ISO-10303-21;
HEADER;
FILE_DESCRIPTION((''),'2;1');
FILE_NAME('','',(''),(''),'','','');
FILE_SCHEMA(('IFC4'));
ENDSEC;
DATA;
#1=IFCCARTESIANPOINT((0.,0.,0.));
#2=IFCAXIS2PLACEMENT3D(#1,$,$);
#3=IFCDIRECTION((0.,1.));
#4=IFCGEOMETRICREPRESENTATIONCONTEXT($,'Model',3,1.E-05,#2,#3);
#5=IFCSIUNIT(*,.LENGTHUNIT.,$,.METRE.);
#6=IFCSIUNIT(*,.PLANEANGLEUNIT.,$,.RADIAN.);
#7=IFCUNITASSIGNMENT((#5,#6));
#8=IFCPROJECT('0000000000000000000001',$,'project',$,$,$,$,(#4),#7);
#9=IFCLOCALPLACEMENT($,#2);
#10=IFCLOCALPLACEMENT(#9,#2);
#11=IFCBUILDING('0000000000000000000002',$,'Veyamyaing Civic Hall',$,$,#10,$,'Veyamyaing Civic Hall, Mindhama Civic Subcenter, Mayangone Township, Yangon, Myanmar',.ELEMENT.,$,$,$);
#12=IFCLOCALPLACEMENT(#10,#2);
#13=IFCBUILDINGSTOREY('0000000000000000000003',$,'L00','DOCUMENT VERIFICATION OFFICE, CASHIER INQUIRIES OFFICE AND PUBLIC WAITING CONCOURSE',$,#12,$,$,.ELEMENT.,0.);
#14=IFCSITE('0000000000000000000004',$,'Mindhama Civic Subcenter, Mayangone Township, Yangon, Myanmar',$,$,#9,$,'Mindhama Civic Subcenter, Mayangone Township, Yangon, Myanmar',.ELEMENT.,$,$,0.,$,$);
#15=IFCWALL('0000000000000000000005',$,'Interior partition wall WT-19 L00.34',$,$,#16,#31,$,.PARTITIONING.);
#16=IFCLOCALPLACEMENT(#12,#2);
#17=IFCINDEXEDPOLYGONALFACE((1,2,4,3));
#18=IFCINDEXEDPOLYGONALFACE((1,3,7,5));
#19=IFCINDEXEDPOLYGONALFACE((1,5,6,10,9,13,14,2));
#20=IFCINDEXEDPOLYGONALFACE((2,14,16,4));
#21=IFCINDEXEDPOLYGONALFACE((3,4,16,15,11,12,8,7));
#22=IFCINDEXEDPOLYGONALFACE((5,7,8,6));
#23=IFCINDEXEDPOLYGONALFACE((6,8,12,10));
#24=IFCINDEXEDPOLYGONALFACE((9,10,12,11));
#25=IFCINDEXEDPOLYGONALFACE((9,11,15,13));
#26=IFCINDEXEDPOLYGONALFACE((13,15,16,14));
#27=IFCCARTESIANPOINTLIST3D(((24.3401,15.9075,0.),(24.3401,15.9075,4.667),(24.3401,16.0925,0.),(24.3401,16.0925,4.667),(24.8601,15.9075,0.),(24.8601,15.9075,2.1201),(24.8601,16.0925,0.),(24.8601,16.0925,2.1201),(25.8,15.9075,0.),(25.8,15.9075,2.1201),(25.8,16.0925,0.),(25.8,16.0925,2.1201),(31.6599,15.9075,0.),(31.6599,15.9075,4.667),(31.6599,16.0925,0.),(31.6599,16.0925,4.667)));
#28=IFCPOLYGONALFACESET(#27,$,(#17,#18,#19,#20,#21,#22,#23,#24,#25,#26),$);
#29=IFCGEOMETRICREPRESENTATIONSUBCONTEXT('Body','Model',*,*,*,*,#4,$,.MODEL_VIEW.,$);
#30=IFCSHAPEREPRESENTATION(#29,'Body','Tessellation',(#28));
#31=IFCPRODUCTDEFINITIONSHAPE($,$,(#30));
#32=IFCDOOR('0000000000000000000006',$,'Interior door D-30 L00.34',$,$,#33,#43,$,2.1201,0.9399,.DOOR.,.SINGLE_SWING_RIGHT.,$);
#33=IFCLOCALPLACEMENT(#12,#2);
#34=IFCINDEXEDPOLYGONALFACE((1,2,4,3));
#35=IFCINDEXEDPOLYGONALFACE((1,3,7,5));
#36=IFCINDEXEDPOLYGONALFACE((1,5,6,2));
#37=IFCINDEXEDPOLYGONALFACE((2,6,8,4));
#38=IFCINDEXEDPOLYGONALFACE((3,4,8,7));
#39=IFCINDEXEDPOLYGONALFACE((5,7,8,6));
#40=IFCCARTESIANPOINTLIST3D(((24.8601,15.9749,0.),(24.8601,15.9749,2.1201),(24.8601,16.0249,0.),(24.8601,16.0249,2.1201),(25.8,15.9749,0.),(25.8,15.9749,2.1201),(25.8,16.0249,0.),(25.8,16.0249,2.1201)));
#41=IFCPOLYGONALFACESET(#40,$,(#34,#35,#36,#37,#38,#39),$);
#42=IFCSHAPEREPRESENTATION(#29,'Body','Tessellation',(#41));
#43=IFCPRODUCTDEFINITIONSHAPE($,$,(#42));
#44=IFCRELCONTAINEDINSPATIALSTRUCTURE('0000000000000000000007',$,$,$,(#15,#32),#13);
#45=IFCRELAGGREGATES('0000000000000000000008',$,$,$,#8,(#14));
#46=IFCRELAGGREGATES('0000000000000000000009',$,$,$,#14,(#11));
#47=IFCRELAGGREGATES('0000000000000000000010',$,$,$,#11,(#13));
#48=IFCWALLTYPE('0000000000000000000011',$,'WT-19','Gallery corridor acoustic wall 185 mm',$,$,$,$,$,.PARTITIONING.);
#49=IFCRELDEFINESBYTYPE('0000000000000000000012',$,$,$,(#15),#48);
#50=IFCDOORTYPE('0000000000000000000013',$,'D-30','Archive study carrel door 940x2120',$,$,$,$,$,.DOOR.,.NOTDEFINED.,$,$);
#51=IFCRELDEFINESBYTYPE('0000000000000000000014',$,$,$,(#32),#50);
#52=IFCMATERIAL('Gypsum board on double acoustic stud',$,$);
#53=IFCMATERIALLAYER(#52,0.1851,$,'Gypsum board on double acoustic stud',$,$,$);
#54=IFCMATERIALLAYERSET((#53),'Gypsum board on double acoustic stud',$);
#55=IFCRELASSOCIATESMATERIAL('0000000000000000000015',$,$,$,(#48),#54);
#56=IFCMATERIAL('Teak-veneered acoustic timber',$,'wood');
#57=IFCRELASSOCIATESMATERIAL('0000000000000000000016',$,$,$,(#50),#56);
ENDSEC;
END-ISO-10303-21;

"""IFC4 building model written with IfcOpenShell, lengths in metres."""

from ifc_helpers import new_model, si_unit, direction, frame, frame_2d, origin, place, context, subcontext, project, spatial, rectangle, extrude, material, layer, layer_set, type_object, element, fill, save


model = new_model("IFC4")

# Units and contexts
model_context = context("Model", 3, precision=1e-05, world=origin(), true_north=direction((0.0, 1.0)))
body_context = subcontext(model_context, "Body", "Model", "MODEL_VIEW")
ifc_project = project(units=[si_unit("LENGTHUNIT", "METRE"), si_unit("PLANEANGLEUNIT", "RADIAN")], contexts=[model_context])

# Site, building, storey
site_placement = place(None, origin())
site = spatial("IfcSite", under=ifc_project, at=site_placement, Name="Mindhama Civic Subcenter, Mayangone Township, Yangon, Myanmar", LongName="Mindhama Civic Subcenter, Mayangone Township, Yangon, Myanmar", CompositionType="ELEMENT", RefElevation=0.0)
building_placement = place(site_placement, origin())
building = spatial("IfcBuilding", under=site, at=building_placement, Name="Veyamyaing Civic Hall", LongName="Veyamyaing Civic Hall, Mindhama Civic Subcenter, Mayangone Township, Yangon, Myanmar", CompositionType="ELEMENT")
storey_placement = place(building_placement, origin())
storey = spatial("IfcBuildingStorey", under=building, at=storey_placement, Name="L00", Description="DOCUMENT VERIFICATION OFFICE, CASHIER INQUIRIES OFFICE AND PUBLIC WAITING CONCOURSE", CompositionType="ELEMENT", Elevation=0.0)

# Shared definitions
ifc_material_1 = material(Name="Teak-veneered acoustic timber", Category="wood")

# Wall, opening, door
ifc_material_2 = material(Name="Gypsum board on double acoustic stud")
ifc_layer_1 = layer(ifc_material_2, 0.1851, Name="Gypsum board on double acoustic stud")
ifc_layer_set_1 = layer_set([ifc_layer_1], Name="Gypsum board on double acoustic stud")
wall_type_1 = type_object("IfcWallType", Name="WT-19", Description="Gallery corridor acoustic wall 185 mm", PredefinedType="PARTITIONING", material=ifc_layer_set_1)
wall_1_placement = place(storey_placement, frame((24.3401, 16.0, 0.0), z_axis=(0.0, 0.0, 1.0), x_axis=(1.0, 0.0, 0.0)))
wall_1 = element("IfcWall", 1, at=wall_1_placement, inside=storey, type_object=wall_type_1, Name="Interior partition wall WT-19 L00.34", PredefinedType="PARTITIONING", context=body_context, shape_type="SweptSolid", body=[
    extrude(rectangle(XDim=7.3198, YDim=0.1851, at=frame_2d((3.6599, 0.0))), origin(), (0.0, 0.0, 1.0), 4.667),
])
opening_1_placement = place(wall_1_placement, frame((0.52, 0.0, 0.0)))
opening_1 = element("IfcOpeningElement", 2, at=opening_1_placement, cuts=wall_1, PredefinedType="OPENING", context=body_context, shape_type="SweptSolid", body=[
    extrude(rectangle(XDim=0.9399, YDim=2.1201, at=frame_2d((0.47, 1.0601))), frame((0.0, 0.1025, 0.0), z_axis=(0.0, -1.0, 0.0), x_axis=(1.0, 0.0, 0.0)), (0.0, 0.0, 1.0), 0.2051),
])
door_type_1 = type_object("IfcDoorType", Name="D-30", Description="Archive study carrel door 940x2120", OperationType="NOTDEFINED", PredefinedType="DOOR", material=ifc_material_1)
door_1_placement = place(opening_1_placement, origin())
door_1 = element("IfcDoor", 3, at=door_1_placement, inside=storey, type_object=door_type_1, Name="Interior door D-30 L00.34", OperationType="SINGLE_SWING_RIGHT", OverallHeight=2.1201, OverallWidth=0.9399, PredefinedType="DOOR", context=body_context, shape_type="SweptSolid", body=[
    extrude(rectangle(XDim=0.9399, YDim=2.1201, at=frame_2d((0.47, 1.0601))), frame((0.0, 0.0249, 0.0), z_axis=(0.0, -1.0, 0.0), x_axis=(1.0, 0.0, 0.0)), (0.0, 0.0, 1.0), 0.05),
])
fill(opening_1, door_1)

save(model, "model.ifc")
